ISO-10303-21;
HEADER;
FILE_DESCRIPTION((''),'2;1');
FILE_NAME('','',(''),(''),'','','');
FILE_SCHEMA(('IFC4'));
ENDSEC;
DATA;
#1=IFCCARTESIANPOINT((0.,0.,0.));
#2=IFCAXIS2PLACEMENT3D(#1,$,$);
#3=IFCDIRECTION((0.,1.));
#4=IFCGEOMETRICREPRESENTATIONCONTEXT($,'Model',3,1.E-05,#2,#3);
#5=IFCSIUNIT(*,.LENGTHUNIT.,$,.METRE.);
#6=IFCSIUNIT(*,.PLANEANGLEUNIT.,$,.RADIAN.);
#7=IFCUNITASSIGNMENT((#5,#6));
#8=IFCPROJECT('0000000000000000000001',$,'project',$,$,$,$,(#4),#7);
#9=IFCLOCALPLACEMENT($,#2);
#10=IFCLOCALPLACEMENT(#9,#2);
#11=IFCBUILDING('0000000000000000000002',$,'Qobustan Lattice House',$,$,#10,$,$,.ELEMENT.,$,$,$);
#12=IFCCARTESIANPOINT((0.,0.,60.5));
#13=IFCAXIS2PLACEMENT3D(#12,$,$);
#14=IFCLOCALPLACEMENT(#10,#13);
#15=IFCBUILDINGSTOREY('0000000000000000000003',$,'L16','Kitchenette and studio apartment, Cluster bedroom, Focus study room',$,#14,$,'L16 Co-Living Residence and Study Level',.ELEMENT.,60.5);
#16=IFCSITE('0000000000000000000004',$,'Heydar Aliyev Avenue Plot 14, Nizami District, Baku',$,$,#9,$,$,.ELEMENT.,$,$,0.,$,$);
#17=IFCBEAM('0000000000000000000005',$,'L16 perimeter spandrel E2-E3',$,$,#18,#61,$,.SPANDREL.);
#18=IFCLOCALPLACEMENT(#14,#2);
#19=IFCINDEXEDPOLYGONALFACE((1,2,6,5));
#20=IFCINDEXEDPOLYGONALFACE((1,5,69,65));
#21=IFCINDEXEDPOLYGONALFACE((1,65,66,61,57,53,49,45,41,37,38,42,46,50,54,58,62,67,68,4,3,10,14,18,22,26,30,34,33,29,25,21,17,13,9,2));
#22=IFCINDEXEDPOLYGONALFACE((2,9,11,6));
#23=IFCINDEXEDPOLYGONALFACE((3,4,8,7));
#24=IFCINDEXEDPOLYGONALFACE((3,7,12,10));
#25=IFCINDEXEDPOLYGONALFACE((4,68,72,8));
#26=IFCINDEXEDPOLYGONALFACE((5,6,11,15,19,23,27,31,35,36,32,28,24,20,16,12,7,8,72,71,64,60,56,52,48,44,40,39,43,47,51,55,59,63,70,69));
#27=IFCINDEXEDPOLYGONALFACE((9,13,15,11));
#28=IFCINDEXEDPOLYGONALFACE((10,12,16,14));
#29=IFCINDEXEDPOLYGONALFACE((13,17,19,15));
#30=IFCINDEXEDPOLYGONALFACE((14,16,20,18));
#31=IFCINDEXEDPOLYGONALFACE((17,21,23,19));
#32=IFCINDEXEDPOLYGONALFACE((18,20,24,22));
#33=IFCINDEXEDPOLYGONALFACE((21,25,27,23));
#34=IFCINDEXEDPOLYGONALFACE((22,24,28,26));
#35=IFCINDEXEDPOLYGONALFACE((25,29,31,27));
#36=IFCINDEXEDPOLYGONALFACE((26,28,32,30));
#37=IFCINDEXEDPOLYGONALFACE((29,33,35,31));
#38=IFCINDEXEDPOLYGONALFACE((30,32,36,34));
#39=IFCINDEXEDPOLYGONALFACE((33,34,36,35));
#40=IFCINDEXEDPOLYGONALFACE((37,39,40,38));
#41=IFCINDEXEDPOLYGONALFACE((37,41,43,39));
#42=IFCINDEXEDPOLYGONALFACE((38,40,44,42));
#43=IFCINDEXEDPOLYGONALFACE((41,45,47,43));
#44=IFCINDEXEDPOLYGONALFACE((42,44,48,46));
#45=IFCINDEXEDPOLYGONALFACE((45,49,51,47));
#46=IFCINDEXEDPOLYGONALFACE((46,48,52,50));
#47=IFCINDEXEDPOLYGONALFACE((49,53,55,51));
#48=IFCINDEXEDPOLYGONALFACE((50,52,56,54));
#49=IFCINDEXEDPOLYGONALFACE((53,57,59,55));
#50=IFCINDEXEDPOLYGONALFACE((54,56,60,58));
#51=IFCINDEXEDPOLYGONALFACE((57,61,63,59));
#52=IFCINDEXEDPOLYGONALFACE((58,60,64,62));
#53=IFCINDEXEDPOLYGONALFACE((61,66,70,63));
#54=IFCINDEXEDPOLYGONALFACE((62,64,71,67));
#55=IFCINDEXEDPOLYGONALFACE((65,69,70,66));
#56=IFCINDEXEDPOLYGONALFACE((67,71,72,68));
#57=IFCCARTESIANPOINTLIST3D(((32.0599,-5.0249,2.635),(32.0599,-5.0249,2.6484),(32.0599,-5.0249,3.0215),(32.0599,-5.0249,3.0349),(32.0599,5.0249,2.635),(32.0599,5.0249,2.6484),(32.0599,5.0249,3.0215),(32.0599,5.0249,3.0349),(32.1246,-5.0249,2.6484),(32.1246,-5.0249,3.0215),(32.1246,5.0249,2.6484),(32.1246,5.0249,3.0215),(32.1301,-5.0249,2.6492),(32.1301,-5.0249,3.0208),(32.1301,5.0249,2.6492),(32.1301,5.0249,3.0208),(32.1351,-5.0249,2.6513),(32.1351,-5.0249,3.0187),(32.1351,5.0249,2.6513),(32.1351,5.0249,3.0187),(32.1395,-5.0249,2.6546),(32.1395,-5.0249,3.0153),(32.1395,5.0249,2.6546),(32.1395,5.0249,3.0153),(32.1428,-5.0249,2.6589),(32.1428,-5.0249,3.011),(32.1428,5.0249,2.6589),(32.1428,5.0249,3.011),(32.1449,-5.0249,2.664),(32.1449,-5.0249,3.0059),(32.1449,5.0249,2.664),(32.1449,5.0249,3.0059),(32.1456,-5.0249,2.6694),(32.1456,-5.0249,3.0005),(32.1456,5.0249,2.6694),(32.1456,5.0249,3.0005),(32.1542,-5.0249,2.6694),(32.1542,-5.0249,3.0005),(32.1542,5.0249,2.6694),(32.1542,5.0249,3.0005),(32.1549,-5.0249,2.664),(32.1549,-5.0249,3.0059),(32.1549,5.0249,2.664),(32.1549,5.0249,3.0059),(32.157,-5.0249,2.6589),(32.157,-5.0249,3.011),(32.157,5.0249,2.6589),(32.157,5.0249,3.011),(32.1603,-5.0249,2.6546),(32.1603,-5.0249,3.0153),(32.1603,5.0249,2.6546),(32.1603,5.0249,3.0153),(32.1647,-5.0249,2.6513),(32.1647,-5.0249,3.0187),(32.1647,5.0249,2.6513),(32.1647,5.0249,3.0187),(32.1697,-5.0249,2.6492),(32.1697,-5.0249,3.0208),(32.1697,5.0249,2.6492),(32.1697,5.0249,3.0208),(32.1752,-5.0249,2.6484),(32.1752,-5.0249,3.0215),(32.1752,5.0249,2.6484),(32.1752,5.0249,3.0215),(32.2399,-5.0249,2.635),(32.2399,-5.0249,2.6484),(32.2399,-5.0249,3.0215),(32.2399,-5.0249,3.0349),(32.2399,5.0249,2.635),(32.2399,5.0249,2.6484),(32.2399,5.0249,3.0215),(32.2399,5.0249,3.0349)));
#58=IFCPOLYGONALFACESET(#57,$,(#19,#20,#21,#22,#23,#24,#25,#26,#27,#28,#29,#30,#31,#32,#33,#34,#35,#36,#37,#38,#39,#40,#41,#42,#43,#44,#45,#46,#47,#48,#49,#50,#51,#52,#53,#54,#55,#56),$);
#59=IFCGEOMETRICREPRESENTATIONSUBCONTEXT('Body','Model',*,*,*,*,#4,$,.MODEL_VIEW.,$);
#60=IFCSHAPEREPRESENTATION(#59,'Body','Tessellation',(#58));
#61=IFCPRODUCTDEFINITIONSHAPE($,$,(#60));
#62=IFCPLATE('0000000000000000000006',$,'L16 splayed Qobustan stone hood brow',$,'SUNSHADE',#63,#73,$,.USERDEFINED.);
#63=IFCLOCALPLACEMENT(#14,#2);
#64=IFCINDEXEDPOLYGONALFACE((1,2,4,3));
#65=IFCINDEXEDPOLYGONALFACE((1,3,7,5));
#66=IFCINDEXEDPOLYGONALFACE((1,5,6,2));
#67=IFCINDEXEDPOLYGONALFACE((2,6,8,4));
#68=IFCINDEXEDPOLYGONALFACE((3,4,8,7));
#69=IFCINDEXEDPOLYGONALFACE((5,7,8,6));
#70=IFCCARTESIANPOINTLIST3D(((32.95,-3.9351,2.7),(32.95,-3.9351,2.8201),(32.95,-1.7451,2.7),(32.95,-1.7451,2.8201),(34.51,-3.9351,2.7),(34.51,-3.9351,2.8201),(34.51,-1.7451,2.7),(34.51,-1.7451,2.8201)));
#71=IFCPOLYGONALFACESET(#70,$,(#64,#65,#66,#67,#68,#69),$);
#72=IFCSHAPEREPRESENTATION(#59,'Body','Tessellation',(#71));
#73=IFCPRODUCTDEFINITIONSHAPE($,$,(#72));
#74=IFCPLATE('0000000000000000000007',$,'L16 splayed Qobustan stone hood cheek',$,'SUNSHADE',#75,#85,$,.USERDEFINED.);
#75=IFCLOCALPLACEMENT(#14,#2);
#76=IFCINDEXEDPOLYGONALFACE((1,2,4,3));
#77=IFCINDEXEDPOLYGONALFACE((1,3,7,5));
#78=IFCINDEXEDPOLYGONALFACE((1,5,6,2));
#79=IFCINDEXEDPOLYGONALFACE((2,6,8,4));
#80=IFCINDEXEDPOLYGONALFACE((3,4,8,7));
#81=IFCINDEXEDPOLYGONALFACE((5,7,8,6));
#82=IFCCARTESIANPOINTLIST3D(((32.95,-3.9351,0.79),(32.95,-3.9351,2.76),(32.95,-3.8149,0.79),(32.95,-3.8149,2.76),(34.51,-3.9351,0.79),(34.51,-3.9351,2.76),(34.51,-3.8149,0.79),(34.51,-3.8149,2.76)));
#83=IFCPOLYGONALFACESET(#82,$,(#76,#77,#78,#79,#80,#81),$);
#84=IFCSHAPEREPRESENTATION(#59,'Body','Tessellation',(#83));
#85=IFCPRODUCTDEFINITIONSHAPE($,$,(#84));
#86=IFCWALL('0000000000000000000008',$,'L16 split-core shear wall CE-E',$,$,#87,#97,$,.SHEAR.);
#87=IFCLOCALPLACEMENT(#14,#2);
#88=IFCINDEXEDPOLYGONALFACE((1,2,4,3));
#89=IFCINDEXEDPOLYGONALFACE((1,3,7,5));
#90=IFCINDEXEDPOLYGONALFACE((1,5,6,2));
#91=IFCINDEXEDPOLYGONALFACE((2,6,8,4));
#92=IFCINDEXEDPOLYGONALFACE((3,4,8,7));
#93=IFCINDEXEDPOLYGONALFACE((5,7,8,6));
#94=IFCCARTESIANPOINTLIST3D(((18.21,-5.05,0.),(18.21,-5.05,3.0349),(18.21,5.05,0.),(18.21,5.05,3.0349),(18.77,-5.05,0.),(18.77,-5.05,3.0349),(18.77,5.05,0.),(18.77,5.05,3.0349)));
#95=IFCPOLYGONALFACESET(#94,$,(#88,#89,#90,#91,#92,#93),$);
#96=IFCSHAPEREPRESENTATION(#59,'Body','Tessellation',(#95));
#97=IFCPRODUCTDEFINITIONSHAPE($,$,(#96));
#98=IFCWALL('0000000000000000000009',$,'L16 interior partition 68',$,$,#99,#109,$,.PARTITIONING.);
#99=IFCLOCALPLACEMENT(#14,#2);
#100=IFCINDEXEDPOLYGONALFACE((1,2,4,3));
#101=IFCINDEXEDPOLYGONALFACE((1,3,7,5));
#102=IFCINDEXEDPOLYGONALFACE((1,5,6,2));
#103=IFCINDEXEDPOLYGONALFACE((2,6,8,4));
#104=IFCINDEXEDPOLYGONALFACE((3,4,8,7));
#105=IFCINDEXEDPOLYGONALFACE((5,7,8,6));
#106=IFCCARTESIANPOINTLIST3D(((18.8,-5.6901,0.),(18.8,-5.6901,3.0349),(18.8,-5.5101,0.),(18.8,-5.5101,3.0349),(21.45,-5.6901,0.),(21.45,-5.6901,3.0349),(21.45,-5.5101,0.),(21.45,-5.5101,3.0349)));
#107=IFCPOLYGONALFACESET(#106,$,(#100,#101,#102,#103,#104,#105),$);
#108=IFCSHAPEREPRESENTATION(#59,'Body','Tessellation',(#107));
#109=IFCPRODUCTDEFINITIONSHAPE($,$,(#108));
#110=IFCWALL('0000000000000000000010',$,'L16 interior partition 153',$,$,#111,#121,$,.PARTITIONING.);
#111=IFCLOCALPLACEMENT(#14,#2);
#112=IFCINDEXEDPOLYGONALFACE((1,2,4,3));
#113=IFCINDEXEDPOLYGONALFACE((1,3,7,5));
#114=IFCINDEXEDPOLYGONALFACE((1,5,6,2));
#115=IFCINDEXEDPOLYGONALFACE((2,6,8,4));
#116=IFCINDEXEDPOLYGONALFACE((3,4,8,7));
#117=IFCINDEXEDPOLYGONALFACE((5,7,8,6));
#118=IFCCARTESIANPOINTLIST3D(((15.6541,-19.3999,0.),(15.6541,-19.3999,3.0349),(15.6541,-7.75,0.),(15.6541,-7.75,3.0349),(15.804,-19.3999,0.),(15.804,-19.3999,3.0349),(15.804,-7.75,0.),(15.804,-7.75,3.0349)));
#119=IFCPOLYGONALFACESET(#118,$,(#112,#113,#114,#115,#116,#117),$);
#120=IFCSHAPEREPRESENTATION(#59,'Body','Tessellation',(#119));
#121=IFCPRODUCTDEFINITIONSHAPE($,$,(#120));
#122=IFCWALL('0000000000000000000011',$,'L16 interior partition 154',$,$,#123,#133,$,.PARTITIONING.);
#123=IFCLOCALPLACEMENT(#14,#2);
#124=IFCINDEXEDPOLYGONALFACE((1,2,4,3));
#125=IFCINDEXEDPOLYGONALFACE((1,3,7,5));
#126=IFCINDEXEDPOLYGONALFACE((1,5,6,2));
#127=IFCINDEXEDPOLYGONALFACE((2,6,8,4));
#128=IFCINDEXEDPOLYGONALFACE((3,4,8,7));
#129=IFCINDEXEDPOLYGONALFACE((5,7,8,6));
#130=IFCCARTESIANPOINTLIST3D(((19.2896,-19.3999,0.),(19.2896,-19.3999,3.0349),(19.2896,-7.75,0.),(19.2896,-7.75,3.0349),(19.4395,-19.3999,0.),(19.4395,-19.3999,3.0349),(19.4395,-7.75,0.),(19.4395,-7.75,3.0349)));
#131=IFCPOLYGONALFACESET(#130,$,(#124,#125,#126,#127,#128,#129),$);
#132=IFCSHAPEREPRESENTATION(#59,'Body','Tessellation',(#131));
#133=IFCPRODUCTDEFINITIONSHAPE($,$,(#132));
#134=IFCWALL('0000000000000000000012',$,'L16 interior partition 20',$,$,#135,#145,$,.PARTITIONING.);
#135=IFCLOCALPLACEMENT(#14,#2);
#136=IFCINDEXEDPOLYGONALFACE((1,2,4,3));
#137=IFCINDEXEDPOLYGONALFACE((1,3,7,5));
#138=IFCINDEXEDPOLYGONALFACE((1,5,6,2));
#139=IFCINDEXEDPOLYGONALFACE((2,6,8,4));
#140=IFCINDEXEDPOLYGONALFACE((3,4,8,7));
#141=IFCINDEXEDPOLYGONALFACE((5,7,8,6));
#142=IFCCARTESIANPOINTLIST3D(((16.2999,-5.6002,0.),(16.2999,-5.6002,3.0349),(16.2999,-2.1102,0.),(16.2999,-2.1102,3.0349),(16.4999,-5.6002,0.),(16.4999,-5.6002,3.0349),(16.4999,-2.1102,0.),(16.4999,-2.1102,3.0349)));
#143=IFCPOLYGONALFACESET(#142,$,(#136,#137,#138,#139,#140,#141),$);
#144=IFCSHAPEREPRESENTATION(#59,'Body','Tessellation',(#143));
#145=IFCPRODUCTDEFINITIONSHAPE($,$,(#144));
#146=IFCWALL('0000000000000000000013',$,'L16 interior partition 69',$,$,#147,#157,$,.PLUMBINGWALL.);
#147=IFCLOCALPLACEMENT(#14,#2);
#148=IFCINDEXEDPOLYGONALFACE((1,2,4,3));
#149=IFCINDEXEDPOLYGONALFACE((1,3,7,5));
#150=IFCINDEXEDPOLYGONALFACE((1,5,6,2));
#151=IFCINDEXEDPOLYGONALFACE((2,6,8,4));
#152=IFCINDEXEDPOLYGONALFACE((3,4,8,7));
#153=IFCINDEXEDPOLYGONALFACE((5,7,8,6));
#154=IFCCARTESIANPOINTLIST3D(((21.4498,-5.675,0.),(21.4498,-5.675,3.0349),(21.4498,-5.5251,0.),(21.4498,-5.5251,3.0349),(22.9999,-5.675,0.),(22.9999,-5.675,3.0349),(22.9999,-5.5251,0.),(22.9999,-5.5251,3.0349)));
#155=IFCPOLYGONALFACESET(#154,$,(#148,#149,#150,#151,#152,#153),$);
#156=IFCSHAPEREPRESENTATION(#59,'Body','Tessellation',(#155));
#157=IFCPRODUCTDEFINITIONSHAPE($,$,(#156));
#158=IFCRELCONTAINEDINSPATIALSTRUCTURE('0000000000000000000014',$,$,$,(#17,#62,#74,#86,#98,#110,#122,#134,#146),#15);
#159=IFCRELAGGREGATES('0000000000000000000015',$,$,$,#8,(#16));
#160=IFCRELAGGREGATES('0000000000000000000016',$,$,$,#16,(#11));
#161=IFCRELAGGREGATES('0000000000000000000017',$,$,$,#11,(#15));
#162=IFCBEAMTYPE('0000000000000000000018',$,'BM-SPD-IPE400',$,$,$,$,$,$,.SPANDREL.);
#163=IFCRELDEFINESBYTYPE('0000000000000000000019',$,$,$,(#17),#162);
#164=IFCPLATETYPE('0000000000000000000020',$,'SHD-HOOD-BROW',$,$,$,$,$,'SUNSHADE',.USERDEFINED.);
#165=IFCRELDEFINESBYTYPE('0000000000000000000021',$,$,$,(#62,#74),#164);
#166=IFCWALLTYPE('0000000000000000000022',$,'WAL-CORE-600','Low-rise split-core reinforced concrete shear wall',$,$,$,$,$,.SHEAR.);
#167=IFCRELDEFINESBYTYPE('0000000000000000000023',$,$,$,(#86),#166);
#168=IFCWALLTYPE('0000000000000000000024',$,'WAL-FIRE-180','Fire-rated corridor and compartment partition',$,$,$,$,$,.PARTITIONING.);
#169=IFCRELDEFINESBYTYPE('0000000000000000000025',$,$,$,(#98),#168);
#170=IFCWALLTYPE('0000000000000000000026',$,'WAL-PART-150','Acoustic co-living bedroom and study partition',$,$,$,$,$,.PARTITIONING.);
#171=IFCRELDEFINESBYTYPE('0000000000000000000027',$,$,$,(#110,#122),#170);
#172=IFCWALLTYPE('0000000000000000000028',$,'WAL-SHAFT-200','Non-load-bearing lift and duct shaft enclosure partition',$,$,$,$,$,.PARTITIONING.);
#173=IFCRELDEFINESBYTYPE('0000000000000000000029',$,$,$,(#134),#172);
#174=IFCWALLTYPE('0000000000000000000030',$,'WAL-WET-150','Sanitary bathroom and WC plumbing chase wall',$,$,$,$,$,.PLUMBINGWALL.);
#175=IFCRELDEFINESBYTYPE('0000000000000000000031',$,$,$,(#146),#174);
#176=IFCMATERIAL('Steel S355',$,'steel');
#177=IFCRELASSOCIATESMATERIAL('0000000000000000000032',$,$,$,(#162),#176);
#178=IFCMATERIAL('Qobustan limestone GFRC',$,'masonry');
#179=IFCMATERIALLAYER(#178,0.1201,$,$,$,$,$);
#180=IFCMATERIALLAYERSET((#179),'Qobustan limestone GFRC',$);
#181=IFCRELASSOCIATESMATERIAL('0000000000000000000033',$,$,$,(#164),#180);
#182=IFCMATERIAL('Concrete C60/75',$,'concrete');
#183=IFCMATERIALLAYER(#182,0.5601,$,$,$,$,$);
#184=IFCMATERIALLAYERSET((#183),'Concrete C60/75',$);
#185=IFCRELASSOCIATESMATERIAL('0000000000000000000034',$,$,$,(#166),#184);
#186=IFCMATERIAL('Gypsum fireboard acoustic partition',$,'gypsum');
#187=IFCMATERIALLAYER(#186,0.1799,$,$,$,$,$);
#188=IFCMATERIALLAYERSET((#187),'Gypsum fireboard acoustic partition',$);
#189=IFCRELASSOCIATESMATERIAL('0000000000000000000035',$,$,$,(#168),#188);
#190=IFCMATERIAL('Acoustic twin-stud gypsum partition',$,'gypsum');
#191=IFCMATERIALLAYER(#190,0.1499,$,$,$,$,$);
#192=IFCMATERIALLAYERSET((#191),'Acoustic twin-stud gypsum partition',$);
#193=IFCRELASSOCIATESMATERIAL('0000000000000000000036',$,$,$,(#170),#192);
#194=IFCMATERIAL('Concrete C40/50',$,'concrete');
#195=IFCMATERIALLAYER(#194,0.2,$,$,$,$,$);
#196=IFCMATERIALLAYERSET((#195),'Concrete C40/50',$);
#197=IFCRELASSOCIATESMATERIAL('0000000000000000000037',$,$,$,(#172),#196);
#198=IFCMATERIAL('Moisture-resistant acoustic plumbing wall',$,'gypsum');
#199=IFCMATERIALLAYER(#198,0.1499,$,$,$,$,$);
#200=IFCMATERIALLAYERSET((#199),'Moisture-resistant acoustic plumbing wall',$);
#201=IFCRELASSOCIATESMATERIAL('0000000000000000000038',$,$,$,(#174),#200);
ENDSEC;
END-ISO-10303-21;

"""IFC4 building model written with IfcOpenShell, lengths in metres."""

from ifc_helpers import new_model, si_unit, direction, frame, frame_2d, origin, origin_2d, place, context, subcontext, project, spatial, rectangle, i_section, extrude, material, layer, layer_set, material_profile, profile_set, type_object, element, save


model = new_model("IFC4")

# Units and contexts
model_context = context("Model", 3, precision=1e-05, world=origin(), true_north=direction((0.0, 1.0)))
body_context = subcontext(model_context, "Body", "Model", "MODEL_VIEW")
ifc_project = project(units=[si_unit("LENGTHUNIT", "METRE"), si_unit("PLANEANGLEUNIT", "RADIAN")], contexts=[model_context])

# Site, building, storey
site_placement = place(None, origin())
site = spatial("IfcSite", under=ifc_project, at=site_placement, Name="Heydar Aliyev Avenue Plot 14, Nizami District, Baku", CompositionType="ELEMENT", RefElevation=0.0)
building_placement = place(site_placement, origin())
building = spatial("IfcBuilding", under=site, at=building_placement, Name="Qobustan Lattice House", CompositionType="ELEMENT")
storey_placement = place(building_placement, frame((0.0, 0.0, 60.5)))
storey = spatial("IfcBuildingStorey", under=building, at=storey_placement, Name="L16", Description="Kitchenette and studio apartment, Cluster bedroom, Focus study room", LongName="L16 Co-Living Residence and Study Level", CompositionType="ELEMENT", Elevation=60.5)

# Beam
ifc_material_1 = material(Name="Steel S355", Category="steel")
ifc_material_profile_1 = material_profile(ifc_material_1, i_section(OverallWidth=0.1799, OverallDepth=0.3999, WebThickness=0.0085, FlangeThickness=0.0134, FilletRadius=0.021, at=origin_2d()), Name="IPE400")
ifc_profile_set_1 = profile_set([ifc_material_profile_1], Name="Steel S355")
beam_type_1 = type_object("IfcBeamType", Name="BM-SPD-IPE400", PredefinedType="SPANDREL", material=ifc_profile_set_1)
beam_1_placement = place(storey_placement, frame((32.1499, -5.0249, 2.835), z_axis=(0.0, 1.0, 0.0), x_axis=(-1.0, 0.0, 0.0)))
element("IfcBeam", 1, at=beam_1_placement, inside=storey, type_object=beam_type_1, Name="L16 perimeter spandrel E2-E3", PredefinedType="SPANDREL", context=body_context, shape_type="SweptSolid", body=[
    extrude(i_section(OverallWidth=0.1799, OverallDepth=0.3999, WebThickness=0.0085, FlangeThickness=0.0134, FilletRadius=0.021, at=origin_2d()), origin(), (0.0, 0.0, 1.0), 10.0498),
])

# Plates
ifc_material_2 = material(Name="Qobustan limestone GFRC", Category="masonry")
ifc_layer_1 = layer(ifc_material_2, 0.1201)
ifc_layer_set_1 = layer_set([ifc_layer_1], Name="Qobustan limestone GFRC")
plate_type = type_object("IfcPlateType", Name="SHD-HOOD-BROW", ElementType="SUNSHADE", PredefinedType="USERDEFINED", material=ifc_layer_set_1)
plate_1_placement = place(storey_placement, frame((33.73, -2.8401, 2.7), z_axis=(0.0, 0.0, 1.0), x_axis=(0.0, -1.0, 0.0)))
element("IfcPlate", 2, at=plate_1_placement, inside=storey, type_object=plate_type, Name="L16 splayed Qobustan stone hood brow", ObjectType="SUNSHADE", PredefinedType="USERDEFINED", context=body_context, shape_type="SweptSolid", body=[
    extrude(rectangle(XDim=2.1899, YDim=1.5601, at=origin_2d()), origin(), (0.0, 0.0, 1.0), 0.1201),
])
plate_2_placement = place(storey_placement, frame((33.73, -3.875, 0.79), z_axis=(0.0, 0.0, 1.0), x_axis=(0.0, -1.0, 0.0)))
element("IfcPlate", 3, at=plate_2_placement, inside=storey, type_object=plate_type, Name="L16 splayed Qobustan stone hood cheek", ObjectType="SUNSHADE", PredefinedType="USERDEFINED", context=body_context, shape_type="SweptSolid", body=[
    extrude(rectangle(XDim=0.1201, YDim=1.5601, at=origin_2d()), origin(), (0.0, 0.0, 1.0), 1.97),
])

# Walls
ifc_material_3 = material(Name="Concrete C60/75", Category="concrete")
ifc_layer_2 = layer(ifc_material_3, 0.5601)
ifc_layer_set_2 = layer_set([ifc_layer_2], Name="Concrete C60/75")
wall_type_1 = type_object("IfcWallType", Name="WAL-CORE-600", Description="Low-rise split-core reinforced concrete shear wall", PredefinedType="SHEAR", material=ifc_layer_set_2)
wall_1_placement = place(storey_placement, frame((18.49, -5.05, 0.0), z_axis=(0.0, 0.0, 1.0), x_axis=(0.0, 1.0, 0.0)))
element("IfcWall", 4, at=wall_1_placement, inside=storey, type_object=wall_type_1, Name="L16 split-core shear wall CE-E", PredefinedType="SHEAR", context=body_context, shape_type="SweptSolid", body=[
    extrude(rectangle(XDim=10.1001, YDim=0.5601, at=frame_2d((5.05, 0.0))), origin(), (0.0, 0.0, 1.0), 3.0349),
])
ifc_material_4 = material(Name="Gypsum fireboard acoustic partition", Category="gypsum")
ifc_layer_3 = layer(ifc_material_4, 0.1799)
ifc_layer_set_3 = layer_set([ifc_layer_3], Name="Gypsum fireboard acoustic partition")
wall_type_2 = type_object("IfcWallType", Name="WAL-FIRE-180", Description="Fire-rated corridor and compartment partition", PredefinedType="PARTITIONING", material=ifc_layer_set_3)
wall_2_placement = place(storey_placement, frame((18.8, -5.6001, 0.0), z_axis=(0.0, 0.0, 1.0), x_axis=(1.0, 0.0, 0.0)))
element("IfcWall", 5, at=wall_2_placement, inside=storey, type_object=wall_type_2, Name="L16 interior partition 68", PredefinedType="PARTITIONING", context=body_context, shape_type="SweptSolid", body=[
    extrude(rectangle(XDim=2.6499, YDim=0.1799, at=frame_2d((1.325, 0.0))), origin(), (0.0, 0.0, 1.0), 3.0349),
])

# Shared definitions
ifc_material_5 = material(Name="Acoustic twin-stud gypsum partition", Category="gypsum")
ifc_layer_4 = layer(ifc_material_5, 0.1499)
ifc_layer_set_4 = layer_set([ifc_layer_4], Name="Acoustic twin-stud gypsum partition")
wall_type_3 = type_object("IfcWallType", Name="WAL-PART-150", Description="Acoustic co-living bedroom and study partition", PredefinedType="PARTITIONING", material=ifc_layer_set_4)

# Walls
for number, where, z_axis, x_axis, name in (
    (6, (15.729, -7.75, 0.0), (0.0, 0.0, 1.0), (0.0, -1.0, 0.0), "L16 interior partition 153"),
    (7, (19.3645, -7.75, 0.0), (0.0, 0.0, 1.0), (0.0, -1.0, 0.0), "L16 interior partition 154"),
):
    element("IfcWall", number, at=place(storey_placement, frame(where, z_axis=z_axis, x_axis=x_axis)), inside=storey, type_object=wall_type_3, Name=name, PredefinedType="PARTITIONING", context=body_context, shape_type="SweptSolid", body=[
        extrude(rectangle(XDim=11.6499, YDim=0.1499, at=frame_2d((5.825, 0.0))), origin(), (0.0, 0.0, 1.0), 3.0349),
    ])

# Walls
ifc_material_6 = material(Name="Concrete C40/50", Category="concrete")
ifc_layer_5 = layer(ifc_material_6, 0.2)
ifc_layer_set_5 = layer_set([ifc_layer_5], Name="Concrete C40/50")
wall_type_4 = type_object("IfcWallType", Name="WAL-SHAFT-200", Description="Non-load-bearing lift and duct shaft enclosure partition", PredefinedType="PARTITIONING", material=ifc_layer_set_5)
wall_3_placement = place(storey_placement, frame((16.3999, -2.1101, 0.0), z_axis=(0.0, 0.0, 1.0), x_axis=(0.0, -1.0, 0.0)))
element("IfcWall", 8, at=wall_3_placement, inside=storey, type_object=wall_type_4, Name="L16 interior partition 20", PredefinedType="PARTITIONING", context=body_context, shape_type="SweptSolid", body=[
    extrude(rectangle(XDim=3.49, YDim=0.2, at=frame_2d((1.7451, 0.0))), origin(), (0.0, 0.0, 1.0), 3.0349),
])
ifc_material_7 = material(Name="Moisture-resistant acoustic plumbing wall", Category="gypsum")
ifc_layer_6 = layer(ifc_material_7, 0.1499)
ifc_layer_set_6 = layer_set([ifc_layer_6], Name="Moisture-resistant acoustic plumbing wall")
wall_type_5 = type_object("IfcWallType", Name="WAL-WET-150", Description="Sanitary bathroom and WC plumbing chase wall", PredefinedType="PLUMBINGWALL", material=ifc_layer_set_6)
wall_4_placement = place(storey_placement, frame((21.45, -5.6001, 0.0), z_axis=(0.0, 0.0, 1.0), x_axis=(1.0, 0.0, 0.0)))
element("IfcWall", 9, at=wall_4_placement, inside=storey, type_object=wall_type_5, Name="L16 interior partition 69", PredefinedType="PLUMBINGWALL", context=body_context, shape_type="SweptSolid", body=[
    extrude(rectangle(XDim=1.55, YDim=0.1499, at=frame_2d((0.7749, 0.0))), origin(), (0.0, 0.0, 1.0), 3.0349),
])

save(model, "model.ifc")
